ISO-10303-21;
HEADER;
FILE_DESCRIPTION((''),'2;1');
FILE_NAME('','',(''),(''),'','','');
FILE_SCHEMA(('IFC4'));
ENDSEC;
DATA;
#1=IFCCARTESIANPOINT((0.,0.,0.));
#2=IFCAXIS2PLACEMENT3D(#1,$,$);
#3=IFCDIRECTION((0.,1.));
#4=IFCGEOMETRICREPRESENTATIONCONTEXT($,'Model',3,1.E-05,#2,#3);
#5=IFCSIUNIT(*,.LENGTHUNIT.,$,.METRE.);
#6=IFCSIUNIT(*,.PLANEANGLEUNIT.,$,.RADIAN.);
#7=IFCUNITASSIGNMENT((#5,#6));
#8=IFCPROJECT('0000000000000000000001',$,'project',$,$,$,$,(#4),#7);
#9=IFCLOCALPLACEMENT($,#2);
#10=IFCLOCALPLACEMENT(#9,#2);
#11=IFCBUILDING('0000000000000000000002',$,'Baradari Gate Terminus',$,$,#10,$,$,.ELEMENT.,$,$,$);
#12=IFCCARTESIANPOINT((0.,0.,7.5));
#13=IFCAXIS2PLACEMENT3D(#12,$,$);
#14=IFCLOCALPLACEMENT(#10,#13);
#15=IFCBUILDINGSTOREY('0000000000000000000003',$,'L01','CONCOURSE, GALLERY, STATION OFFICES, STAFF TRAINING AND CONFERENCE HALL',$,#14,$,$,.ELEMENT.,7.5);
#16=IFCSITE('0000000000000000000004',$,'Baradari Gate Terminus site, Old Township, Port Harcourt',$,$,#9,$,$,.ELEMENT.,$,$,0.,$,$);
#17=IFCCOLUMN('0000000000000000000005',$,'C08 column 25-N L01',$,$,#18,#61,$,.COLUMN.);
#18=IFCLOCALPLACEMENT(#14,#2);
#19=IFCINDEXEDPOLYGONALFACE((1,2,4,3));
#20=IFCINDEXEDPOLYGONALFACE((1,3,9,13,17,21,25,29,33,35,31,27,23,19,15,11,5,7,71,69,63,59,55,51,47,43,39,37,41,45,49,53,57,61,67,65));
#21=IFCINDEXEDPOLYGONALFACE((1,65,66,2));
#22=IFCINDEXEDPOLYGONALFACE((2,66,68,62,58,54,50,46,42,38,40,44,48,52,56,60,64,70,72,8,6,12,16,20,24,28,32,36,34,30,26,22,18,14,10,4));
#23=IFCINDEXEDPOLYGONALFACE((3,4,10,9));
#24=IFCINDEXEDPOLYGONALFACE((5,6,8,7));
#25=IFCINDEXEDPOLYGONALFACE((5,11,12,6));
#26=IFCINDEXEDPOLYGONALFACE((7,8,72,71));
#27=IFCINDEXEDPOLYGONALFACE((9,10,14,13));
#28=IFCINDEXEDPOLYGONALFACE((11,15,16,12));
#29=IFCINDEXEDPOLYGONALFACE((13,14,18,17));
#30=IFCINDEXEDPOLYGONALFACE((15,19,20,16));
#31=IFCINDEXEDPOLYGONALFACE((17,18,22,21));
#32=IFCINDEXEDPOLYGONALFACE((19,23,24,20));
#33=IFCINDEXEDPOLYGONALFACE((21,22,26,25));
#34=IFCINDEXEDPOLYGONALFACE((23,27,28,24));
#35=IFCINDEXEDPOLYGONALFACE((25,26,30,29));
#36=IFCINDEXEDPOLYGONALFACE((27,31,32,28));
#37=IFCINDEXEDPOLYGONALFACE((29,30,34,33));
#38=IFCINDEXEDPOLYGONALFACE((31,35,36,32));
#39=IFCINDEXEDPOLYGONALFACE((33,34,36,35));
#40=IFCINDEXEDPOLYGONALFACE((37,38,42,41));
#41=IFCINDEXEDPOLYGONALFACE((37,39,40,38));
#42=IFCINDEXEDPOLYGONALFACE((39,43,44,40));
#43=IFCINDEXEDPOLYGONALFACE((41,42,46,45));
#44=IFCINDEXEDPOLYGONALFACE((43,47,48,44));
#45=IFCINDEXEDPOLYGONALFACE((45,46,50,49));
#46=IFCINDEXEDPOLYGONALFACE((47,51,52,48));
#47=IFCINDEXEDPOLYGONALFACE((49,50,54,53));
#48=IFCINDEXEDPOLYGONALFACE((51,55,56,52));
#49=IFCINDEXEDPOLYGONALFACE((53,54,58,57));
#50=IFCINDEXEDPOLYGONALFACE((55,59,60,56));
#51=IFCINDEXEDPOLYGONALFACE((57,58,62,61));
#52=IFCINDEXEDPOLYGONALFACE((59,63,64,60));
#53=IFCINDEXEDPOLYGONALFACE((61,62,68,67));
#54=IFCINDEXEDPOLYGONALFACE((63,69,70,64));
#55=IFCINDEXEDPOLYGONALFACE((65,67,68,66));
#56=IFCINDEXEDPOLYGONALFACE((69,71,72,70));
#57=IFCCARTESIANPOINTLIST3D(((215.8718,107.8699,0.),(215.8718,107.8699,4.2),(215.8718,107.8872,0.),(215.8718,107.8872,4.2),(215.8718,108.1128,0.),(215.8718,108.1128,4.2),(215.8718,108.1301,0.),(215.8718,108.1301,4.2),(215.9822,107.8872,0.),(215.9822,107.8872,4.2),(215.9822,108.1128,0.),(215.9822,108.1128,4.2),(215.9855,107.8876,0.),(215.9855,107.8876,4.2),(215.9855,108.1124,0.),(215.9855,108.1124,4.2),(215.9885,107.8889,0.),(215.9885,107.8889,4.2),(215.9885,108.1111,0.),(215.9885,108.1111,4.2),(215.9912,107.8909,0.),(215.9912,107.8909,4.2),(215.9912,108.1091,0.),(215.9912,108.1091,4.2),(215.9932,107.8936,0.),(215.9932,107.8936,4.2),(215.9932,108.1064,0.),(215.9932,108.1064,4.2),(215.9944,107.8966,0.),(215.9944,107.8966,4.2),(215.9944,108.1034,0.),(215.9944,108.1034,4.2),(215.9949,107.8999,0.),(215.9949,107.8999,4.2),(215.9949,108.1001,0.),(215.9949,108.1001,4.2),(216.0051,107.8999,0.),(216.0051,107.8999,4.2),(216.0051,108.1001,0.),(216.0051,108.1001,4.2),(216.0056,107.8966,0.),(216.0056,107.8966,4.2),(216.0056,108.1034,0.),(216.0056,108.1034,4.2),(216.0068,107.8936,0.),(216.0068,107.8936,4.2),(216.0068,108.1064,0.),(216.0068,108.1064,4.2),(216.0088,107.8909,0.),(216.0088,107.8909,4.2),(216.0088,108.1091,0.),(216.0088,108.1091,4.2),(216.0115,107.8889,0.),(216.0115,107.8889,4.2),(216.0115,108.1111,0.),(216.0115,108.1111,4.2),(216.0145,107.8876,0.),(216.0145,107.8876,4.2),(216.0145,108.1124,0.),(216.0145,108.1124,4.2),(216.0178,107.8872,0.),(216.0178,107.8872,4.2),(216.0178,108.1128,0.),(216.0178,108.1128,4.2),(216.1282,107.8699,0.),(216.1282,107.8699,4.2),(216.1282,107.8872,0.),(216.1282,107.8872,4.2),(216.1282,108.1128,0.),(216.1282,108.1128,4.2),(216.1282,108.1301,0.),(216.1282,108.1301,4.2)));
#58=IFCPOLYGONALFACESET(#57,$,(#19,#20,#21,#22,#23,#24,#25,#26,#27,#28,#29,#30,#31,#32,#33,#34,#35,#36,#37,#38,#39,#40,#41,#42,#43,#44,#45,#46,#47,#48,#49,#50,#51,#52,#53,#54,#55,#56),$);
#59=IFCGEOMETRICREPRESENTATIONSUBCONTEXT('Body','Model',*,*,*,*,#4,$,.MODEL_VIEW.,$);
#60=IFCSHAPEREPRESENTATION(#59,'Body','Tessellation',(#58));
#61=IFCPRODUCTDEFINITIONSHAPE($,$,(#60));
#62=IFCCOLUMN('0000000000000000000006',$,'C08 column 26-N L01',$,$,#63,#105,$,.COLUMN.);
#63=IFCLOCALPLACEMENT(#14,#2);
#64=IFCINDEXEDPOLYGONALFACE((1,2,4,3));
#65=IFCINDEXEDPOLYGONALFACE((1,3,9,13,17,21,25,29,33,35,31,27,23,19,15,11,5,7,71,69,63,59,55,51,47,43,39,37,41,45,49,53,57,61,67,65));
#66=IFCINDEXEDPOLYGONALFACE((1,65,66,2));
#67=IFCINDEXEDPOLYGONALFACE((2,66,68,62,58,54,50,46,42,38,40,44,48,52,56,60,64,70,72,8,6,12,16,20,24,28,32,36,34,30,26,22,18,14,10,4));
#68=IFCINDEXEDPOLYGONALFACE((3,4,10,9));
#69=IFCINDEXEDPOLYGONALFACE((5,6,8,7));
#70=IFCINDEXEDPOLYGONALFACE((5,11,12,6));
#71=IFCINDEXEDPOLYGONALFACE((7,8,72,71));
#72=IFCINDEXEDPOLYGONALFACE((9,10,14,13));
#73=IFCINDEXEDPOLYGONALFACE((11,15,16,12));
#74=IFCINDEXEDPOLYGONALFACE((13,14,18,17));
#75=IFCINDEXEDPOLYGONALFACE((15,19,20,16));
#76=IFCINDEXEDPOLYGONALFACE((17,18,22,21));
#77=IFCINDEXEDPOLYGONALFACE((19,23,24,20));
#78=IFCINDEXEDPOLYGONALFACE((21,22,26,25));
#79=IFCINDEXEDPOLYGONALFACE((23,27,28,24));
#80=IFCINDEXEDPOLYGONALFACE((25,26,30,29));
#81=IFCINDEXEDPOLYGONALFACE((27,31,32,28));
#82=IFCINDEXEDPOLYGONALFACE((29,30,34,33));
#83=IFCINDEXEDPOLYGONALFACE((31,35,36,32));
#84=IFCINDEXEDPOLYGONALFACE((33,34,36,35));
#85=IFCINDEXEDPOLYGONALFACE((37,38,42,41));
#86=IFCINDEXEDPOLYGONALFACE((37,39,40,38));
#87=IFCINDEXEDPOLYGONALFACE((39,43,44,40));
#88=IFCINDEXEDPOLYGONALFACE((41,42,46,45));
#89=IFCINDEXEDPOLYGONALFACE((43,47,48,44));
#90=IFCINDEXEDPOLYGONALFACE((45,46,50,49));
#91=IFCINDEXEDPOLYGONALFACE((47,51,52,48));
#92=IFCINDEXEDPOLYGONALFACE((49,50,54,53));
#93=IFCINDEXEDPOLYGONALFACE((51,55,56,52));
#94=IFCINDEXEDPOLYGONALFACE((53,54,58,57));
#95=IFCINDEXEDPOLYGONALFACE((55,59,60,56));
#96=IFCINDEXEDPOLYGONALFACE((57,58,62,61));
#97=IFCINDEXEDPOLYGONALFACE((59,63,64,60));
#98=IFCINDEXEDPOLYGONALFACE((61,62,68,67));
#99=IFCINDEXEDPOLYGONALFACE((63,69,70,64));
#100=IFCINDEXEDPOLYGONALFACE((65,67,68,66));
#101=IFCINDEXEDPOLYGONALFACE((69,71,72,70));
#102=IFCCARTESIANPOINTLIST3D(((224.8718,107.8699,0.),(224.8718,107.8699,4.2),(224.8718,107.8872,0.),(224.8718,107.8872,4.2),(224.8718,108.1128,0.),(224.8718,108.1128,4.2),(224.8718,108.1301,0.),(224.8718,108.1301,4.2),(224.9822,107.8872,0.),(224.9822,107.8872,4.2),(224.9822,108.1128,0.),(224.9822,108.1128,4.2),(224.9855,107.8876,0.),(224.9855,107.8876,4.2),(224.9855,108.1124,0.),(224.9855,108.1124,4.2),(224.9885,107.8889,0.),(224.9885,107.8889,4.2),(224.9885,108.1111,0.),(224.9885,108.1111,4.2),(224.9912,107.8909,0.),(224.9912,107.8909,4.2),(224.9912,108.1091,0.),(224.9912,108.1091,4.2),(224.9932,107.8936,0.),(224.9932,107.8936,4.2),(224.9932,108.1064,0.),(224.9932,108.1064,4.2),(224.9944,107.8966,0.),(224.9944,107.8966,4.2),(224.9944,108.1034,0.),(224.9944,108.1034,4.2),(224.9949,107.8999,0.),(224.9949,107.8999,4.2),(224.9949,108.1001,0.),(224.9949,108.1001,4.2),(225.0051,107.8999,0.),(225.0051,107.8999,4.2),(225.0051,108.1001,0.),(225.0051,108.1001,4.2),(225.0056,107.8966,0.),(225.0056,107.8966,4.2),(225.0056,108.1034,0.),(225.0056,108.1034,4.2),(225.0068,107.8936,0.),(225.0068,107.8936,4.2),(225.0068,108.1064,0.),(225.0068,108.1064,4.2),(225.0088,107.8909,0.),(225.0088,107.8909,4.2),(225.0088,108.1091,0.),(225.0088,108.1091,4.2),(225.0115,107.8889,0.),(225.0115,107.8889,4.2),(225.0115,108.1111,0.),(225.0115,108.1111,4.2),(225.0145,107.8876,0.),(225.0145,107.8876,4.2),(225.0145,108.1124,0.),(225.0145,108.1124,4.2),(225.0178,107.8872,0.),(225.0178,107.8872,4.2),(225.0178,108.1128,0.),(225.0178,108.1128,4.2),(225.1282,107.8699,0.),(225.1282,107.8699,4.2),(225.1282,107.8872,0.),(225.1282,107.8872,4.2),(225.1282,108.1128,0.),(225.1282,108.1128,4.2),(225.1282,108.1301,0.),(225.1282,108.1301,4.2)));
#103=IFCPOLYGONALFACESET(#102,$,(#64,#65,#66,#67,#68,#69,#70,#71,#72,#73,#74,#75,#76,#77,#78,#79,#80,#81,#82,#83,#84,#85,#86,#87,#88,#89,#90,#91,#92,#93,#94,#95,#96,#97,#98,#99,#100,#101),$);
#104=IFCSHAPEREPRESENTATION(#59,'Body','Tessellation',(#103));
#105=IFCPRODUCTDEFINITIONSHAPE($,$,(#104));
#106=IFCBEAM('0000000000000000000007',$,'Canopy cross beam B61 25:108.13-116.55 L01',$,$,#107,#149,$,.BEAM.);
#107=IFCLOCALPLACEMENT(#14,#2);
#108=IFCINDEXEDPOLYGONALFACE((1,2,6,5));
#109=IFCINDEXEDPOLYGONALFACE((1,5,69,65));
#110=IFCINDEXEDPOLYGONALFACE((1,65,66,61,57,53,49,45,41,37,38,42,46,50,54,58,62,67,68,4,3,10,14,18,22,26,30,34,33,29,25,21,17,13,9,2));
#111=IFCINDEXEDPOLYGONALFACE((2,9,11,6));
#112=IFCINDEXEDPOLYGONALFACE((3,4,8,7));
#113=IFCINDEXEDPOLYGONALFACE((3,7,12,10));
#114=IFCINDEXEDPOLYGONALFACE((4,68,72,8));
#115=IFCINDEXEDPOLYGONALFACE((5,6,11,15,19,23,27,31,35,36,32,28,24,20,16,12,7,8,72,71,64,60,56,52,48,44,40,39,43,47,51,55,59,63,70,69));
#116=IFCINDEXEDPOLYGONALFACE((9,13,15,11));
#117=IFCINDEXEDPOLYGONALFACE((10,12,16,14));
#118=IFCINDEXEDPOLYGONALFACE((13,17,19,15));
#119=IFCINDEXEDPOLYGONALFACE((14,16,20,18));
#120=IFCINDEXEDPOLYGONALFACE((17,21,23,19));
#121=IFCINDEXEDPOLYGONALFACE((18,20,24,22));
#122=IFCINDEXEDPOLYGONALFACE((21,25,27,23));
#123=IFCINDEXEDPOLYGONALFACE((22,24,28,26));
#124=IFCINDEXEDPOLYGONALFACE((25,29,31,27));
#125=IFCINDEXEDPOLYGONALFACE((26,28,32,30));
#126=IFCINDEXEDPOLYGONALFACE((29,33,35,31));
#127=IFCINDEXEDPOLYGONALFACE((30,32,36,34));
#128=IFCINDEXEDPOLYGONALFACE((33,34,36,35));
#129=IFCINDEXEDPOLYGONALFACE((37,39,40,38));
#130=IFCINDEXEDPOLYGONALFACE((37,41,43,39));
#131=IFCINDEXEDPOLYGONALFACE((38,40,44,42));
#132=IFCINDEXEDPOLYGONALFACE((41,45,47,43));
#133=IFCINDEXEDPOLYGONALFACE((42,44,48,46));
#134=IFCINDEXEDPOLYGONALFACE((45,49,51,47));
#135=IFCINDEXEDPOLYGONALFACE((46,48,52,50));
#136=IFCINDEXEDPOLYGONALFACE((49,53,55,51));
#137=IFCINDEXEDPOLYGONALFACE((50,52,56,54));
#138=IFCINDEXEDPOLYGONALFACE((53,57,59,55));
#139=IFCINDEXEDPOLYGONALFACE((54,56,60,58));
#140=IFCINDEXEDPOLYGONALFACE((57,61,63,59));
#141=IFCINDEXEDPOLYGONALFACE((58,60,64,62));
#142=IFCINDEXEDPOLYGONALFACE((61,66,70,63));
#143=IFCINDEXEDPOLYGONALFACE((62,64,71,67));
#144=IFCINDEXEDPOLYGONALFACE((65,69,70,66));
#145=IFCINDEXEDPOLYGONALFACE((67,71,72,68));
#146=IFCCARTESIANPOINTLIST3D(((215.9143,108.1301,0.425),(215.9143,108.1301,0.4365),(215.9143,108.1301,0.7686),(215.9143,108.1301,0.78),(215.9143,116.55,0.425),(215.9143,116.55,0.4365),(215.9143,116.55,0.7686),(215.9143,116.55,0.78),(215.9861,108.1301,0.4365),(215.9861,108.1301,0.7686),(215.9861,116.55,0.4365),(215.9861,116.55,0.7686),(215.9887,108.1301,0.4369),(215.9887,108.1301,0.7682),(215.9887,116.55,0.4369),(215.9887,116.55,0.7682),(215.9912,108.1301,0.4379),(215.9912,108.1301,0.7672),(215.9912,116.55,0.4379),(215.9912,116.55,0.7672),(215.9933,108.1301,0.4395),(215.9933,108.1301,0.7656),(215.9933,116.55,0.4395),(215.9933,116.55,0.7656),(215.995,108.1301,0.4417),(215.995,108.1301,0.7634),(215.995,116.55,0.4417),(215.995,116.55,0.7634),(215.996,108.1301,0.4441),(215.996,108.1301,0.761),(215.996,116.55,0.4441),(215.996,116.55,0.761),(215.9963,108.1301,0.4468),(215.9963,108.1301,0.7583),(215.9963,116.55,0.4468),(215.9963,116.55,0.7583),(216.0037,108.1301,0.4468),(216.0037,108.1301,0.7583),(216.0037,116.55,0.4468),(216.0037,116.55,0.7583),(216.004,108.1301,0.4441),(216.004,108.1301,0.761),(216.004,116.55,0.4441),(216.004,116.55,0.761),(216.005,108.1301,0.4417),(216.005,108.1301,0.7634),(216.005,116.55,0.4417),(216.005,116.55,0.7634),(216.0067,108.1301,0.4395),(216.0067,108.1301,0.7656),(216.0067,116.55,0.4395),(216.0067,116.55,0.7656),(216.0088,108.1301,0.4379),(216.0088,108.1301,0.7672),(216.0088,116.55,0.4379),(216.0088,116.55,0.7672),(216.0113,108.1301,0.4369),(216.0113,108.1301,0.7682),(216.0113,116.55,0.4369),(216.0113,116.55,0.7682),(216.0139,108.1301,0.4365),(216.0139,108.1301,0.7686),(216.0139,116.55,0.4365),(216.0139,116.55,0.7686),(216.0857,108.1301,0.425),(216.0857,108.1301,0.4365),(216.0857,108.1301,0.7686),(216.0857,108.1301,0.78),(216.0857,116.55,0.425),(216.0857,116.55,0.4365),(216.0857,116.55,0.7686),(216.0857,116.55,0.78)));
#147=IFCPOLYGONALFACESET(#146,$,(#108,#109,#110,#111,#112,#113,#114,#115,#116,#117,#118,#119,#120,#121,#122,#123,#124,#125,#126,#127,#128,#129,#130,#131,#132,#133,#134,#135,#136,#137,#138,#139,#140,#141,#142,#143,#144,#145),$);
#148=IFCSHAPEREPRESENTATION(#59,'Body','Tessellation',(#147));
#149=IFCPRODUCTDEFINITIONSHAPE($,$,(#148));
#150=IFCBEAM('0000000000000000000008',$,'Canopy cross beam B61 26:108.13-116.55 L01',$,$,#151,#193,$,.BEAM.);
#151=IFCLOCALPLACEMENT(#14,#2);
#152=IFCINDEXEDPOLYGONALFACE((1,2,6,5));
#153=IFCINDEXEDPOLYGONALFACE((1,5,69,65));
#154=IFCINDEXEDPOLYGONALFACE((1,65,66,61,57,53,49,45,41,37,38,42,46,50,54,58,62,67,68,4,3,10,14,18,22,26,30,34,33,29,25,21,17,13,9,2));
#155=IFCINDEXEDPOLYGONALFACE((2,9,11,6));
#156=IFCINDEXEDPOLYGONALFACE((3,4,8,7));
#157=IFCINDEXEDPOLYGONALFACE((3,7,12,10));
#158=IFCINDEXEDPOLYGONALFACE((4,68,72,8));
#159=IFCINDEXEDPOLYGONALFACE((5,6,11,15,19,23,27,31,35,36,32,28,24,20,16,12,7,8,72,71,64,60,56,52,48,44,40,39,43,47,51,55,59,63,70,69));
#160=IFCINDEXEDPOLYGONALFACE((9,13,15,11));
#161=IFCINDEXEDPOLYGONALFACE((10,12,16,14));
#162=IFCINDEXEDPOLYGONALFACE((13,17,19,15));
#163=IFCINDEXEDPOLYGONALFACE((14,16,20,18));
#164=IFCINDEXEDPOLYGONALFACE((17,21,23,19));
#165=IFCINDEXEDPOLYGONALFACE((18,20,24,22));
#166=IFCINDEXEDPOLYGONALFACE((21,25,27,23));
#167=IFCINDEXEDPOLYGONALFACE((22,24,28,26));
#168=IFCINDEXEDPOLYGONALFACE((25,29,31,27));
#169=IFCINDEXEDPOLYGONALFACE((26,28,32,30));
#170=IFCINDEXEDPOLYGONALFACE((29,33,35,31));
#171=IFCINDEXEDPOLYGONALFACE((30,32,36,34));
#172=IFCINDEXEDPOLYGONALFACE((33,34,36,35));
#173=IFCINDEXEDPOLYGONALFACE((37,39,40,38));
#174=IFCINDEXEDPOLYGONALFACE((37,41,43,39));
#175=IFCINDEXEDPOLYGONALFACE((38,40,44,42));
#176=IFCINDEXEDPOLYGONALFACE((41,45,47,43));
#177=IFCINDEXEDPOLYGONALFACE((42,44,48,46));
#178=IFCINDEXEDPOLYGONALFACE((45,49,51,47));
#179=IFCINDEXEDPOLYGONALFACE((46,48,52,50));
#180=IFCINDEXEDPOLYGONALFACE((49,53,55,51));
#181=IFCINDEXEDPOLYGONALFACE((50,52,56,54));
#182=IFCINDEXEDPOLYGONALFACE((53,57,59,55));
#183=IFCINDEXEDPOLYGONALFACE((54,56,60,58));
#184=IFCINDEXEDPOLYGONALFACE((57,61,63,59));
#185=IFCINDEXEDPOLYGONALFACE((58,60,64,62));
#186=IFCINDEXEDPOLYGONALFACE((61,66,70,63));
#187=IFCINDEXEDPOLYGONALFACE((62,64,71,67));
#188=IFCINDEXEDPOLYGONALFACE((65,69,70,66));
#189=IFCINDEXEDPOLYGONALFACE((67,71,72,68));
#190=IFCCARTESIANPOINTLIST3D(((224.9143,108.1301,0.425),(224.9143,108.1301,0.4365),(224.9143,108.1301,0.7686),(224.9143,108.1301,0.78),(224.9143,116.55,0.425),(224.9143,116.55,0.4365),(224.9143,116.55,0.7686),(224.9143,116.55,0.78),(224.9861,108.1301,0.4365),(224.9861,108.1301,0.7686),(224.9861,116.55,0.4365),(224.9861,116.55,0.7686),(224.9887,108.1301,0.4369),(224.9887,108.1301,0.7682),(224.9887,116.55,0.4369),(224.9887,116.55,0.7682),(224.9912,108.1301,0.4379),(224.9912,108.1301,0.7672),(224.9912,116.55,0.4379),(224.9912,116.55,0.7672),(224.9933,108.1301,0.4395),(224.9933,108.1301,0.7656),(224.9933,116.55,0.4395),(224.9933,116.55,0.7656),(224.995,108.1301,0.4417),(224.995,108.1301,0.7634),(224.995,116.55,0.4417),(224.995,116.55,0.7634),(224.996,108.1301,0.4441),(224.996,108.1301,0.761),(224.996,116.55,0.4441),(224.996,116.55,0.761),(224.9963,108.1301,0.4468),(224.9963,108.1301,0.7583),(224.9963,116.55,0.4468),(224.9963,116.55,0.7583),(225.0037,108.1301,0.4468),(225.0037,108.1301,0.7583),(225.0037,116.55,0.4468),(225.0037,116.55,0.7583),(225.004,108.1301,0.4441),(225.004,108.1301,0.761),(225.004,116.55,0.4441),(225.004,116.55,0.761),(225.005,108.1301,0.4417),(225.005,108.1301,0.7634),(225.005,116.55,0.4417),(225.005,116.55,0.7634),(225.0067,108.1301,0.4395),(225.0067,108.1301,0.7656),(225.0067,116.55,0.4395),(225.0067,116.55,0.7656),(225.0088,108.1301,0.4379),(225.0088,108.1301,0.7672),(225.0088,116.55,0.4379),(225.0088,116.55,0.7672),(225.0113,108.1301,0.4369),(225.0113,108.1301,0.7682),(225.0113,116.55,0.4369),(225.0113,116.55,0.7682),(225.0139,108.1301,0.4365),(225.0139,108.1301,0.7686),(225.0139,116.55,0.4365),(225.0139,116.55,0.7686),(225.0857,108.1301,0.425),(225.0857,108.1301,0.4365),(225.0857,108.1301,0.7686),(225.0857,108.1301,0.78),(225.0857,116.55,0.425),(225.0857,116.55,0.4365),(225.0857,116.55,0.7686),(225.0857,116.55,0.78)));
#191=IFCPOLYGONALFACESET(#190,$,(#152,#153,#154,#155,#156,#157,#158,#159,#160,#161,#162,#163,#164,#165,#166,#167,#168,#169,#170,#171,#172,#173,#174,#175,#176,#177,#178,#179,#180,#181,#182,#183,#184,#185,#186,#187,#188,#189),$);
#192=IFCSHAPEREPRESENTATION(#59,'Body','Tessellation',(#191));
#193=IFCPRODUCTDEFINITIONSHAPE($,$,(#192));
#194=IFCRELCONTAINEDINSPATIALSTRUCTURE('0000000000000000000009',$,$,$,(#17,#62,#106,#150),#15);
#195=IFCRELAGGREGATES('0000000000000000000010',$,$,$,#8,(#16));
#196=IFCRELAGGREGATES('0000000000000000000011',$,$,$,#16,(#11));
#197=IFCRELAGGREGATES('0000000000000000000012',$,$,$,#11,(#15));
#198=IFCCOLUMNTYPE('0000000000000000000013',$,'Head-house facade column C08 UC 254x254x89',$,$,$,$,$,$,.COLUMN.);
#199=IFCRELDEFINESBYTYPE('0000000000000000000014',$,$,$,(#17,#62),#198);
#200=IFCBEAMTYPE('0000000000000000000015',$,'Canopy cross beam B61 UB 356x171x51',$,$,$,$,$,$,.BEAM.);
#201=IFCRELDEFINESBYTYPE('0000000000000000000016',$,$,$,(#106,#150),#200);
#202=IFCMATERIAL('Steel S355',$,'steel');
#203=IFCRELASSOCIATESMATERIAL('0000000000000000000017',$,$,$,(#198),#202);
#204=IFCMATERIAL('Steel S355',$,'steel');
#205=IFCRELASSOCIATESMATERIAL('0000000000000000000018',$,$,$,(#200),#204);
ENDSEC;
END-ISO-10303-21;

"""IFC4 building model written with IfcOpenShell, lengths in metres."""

from ifc_helpers import new_model, si_unit, direction, frame, origin, origin_2d, place, context, subcontext, project, spatial, i_section, extrude, material, material_profile, profile_set, type_object, element, save


model = new_model("IFC4")

# Units and contexts
model_context = context("Model", 3, precision=1e-05, world=origin(), true_north=direction((0.0, 1.0)))
body_context = subcontext(model_context, "Body", "Model", "MODEL_VIEW")
ifc_project = project(units=[si_unit("LENGTHUNIT", "METRE"), si_unit("PLANEANGLEUNIT", "RADIAN")], contexts=[model_context])

# Site, building, storey
site_placement = place(None, origin())
site = spatial("IfcSite", under=ifc_project, at=site_placement, Name="Baradari Gate Terminus site, Old Township, Port Harcourt", CompositionType="ELEMENT", RefElevation=0.0)
building_placement = place(site_placement, origin())
building = spatial("IfcBuilding", under=site, at=building_placement, Name="Baradari Gate Terminus", CompositionType="ELEMENT")
storey_placement = place(building_placement, frame((0.0, 0.0, 7.5)))
storey = spatial("IfcBuildingStorey", under=building, at=storey_placement, Name="L01", Description="CONCOURSE, GALLERY, STATION OFFICES, STAFF TRAINING AND CONFERENCE HALL", CompositionType="ELEMENT", Elevation=7.5)

# Columns
ifc_material_1 = material(Name="Steel S355", Category="steel")
ifc_material_profile_1 = material_profile(ifc_material_1, i_section(OverallWidth=0.2563, OverallDepth=0.2603, WebThickness=0.0103, FlangeThickness=0.0173, FilletRadius=0.0127, at=origin_2d()), Name="UC 254x254x89")
ifc_profile_set_1 = profile_set([ifc_material_profile_1], Name="Steel S355")
column_type = type_object("IfcColumnType", Name="Head-house facade column C08 UC 254x254x89", PredefinedType="COLUMN", material=ifc_profile_set_1)
for number, where, z_axis, x_axis, name in (
    (1, (216.0, 108.0, 0.0), (0.0, 0.0, 1.0), (1.0, 0.0, 0.0), "C08 column 25-N L01"),
    (2, (225.0, 108.0, 0.0), (0.0, 0.0, 1.0), (1.0, 0.0, 0.0), "C08 column 26-N L01"),
):
    element("IfcColumn", number, at=place(storey_placement, frame(where, z_axis=z_axis, x_axis=x_axis)), inside=storey, type_object=column_type, Name=name, PredefinedType="COLUMN", context=body_context, shape_type="SweptSolid", body=[
        extrude(i_section(OverallWidth=0.2563, OverallDepth=0.2603, WebThickness=0.0103, FlangeThickness=0.0173, FilletRadius=0.0127, at=origin_2d()), origin(), (0.0, 0.0, 1.0), 4.2),
    ])

# Beams
ifc_material_2 = material(Name="Steel S355", Category="steel")
ifc_material_profile_2 = material_profile(ifc_material_2, i_section(OverallWidth=0.1714, OverallDepth=0.355, WebThickness=0.0073, FlangeThickness=0.0115, FilletRadius=0.0103, at=origin_2d()), Name="UB 356x171x51")
ifc_profile_set_2 = profile_set([ifc_material_profile_2], Name="Steel S355")
beam_type_1 = type_object("IfcBeamType", Name="Canopy cross beam B61 UB 356x171x51", PredefinedType="BEAM", material=ifc_profile_set_2)
for number, where, z_axis, x_axis, name in (
    (3, (216.0, 108.1301, 0.6025), (0.0, 1.0, 0.0), (-1.0, 0.0, 0.0), "Canopy cross beam B61 25:108.13-116.55 L01"),
    (4, (225.0, 108.1301, 0.6025), (0.0, 1.0, 0.0), (-1.0, 0.0, 0.0), "Canopy cross beam B61 26:108.13-116.55 L01"),
):
    element("IfcBeam", number, at=place(storey_placement, frame(where, z_axis=z_axis, x_axis=x_axis)), inside=storey, type_object=beam_type_1, Name=name, PredefinedType="BEAM", context=body_context, shape_type="SweptSolid", body=[
        extrude(i_section(OverallWidth=0.1714, OverallDepth=0.355, WebThickness=0.0073, FlangeThickness=0.0115, FilletRadius=0.0103, at=origin_2d()), origin(), (0.0, 0.0, 1.0), 8.4199),
    ])

save(model, "model.ifc")
